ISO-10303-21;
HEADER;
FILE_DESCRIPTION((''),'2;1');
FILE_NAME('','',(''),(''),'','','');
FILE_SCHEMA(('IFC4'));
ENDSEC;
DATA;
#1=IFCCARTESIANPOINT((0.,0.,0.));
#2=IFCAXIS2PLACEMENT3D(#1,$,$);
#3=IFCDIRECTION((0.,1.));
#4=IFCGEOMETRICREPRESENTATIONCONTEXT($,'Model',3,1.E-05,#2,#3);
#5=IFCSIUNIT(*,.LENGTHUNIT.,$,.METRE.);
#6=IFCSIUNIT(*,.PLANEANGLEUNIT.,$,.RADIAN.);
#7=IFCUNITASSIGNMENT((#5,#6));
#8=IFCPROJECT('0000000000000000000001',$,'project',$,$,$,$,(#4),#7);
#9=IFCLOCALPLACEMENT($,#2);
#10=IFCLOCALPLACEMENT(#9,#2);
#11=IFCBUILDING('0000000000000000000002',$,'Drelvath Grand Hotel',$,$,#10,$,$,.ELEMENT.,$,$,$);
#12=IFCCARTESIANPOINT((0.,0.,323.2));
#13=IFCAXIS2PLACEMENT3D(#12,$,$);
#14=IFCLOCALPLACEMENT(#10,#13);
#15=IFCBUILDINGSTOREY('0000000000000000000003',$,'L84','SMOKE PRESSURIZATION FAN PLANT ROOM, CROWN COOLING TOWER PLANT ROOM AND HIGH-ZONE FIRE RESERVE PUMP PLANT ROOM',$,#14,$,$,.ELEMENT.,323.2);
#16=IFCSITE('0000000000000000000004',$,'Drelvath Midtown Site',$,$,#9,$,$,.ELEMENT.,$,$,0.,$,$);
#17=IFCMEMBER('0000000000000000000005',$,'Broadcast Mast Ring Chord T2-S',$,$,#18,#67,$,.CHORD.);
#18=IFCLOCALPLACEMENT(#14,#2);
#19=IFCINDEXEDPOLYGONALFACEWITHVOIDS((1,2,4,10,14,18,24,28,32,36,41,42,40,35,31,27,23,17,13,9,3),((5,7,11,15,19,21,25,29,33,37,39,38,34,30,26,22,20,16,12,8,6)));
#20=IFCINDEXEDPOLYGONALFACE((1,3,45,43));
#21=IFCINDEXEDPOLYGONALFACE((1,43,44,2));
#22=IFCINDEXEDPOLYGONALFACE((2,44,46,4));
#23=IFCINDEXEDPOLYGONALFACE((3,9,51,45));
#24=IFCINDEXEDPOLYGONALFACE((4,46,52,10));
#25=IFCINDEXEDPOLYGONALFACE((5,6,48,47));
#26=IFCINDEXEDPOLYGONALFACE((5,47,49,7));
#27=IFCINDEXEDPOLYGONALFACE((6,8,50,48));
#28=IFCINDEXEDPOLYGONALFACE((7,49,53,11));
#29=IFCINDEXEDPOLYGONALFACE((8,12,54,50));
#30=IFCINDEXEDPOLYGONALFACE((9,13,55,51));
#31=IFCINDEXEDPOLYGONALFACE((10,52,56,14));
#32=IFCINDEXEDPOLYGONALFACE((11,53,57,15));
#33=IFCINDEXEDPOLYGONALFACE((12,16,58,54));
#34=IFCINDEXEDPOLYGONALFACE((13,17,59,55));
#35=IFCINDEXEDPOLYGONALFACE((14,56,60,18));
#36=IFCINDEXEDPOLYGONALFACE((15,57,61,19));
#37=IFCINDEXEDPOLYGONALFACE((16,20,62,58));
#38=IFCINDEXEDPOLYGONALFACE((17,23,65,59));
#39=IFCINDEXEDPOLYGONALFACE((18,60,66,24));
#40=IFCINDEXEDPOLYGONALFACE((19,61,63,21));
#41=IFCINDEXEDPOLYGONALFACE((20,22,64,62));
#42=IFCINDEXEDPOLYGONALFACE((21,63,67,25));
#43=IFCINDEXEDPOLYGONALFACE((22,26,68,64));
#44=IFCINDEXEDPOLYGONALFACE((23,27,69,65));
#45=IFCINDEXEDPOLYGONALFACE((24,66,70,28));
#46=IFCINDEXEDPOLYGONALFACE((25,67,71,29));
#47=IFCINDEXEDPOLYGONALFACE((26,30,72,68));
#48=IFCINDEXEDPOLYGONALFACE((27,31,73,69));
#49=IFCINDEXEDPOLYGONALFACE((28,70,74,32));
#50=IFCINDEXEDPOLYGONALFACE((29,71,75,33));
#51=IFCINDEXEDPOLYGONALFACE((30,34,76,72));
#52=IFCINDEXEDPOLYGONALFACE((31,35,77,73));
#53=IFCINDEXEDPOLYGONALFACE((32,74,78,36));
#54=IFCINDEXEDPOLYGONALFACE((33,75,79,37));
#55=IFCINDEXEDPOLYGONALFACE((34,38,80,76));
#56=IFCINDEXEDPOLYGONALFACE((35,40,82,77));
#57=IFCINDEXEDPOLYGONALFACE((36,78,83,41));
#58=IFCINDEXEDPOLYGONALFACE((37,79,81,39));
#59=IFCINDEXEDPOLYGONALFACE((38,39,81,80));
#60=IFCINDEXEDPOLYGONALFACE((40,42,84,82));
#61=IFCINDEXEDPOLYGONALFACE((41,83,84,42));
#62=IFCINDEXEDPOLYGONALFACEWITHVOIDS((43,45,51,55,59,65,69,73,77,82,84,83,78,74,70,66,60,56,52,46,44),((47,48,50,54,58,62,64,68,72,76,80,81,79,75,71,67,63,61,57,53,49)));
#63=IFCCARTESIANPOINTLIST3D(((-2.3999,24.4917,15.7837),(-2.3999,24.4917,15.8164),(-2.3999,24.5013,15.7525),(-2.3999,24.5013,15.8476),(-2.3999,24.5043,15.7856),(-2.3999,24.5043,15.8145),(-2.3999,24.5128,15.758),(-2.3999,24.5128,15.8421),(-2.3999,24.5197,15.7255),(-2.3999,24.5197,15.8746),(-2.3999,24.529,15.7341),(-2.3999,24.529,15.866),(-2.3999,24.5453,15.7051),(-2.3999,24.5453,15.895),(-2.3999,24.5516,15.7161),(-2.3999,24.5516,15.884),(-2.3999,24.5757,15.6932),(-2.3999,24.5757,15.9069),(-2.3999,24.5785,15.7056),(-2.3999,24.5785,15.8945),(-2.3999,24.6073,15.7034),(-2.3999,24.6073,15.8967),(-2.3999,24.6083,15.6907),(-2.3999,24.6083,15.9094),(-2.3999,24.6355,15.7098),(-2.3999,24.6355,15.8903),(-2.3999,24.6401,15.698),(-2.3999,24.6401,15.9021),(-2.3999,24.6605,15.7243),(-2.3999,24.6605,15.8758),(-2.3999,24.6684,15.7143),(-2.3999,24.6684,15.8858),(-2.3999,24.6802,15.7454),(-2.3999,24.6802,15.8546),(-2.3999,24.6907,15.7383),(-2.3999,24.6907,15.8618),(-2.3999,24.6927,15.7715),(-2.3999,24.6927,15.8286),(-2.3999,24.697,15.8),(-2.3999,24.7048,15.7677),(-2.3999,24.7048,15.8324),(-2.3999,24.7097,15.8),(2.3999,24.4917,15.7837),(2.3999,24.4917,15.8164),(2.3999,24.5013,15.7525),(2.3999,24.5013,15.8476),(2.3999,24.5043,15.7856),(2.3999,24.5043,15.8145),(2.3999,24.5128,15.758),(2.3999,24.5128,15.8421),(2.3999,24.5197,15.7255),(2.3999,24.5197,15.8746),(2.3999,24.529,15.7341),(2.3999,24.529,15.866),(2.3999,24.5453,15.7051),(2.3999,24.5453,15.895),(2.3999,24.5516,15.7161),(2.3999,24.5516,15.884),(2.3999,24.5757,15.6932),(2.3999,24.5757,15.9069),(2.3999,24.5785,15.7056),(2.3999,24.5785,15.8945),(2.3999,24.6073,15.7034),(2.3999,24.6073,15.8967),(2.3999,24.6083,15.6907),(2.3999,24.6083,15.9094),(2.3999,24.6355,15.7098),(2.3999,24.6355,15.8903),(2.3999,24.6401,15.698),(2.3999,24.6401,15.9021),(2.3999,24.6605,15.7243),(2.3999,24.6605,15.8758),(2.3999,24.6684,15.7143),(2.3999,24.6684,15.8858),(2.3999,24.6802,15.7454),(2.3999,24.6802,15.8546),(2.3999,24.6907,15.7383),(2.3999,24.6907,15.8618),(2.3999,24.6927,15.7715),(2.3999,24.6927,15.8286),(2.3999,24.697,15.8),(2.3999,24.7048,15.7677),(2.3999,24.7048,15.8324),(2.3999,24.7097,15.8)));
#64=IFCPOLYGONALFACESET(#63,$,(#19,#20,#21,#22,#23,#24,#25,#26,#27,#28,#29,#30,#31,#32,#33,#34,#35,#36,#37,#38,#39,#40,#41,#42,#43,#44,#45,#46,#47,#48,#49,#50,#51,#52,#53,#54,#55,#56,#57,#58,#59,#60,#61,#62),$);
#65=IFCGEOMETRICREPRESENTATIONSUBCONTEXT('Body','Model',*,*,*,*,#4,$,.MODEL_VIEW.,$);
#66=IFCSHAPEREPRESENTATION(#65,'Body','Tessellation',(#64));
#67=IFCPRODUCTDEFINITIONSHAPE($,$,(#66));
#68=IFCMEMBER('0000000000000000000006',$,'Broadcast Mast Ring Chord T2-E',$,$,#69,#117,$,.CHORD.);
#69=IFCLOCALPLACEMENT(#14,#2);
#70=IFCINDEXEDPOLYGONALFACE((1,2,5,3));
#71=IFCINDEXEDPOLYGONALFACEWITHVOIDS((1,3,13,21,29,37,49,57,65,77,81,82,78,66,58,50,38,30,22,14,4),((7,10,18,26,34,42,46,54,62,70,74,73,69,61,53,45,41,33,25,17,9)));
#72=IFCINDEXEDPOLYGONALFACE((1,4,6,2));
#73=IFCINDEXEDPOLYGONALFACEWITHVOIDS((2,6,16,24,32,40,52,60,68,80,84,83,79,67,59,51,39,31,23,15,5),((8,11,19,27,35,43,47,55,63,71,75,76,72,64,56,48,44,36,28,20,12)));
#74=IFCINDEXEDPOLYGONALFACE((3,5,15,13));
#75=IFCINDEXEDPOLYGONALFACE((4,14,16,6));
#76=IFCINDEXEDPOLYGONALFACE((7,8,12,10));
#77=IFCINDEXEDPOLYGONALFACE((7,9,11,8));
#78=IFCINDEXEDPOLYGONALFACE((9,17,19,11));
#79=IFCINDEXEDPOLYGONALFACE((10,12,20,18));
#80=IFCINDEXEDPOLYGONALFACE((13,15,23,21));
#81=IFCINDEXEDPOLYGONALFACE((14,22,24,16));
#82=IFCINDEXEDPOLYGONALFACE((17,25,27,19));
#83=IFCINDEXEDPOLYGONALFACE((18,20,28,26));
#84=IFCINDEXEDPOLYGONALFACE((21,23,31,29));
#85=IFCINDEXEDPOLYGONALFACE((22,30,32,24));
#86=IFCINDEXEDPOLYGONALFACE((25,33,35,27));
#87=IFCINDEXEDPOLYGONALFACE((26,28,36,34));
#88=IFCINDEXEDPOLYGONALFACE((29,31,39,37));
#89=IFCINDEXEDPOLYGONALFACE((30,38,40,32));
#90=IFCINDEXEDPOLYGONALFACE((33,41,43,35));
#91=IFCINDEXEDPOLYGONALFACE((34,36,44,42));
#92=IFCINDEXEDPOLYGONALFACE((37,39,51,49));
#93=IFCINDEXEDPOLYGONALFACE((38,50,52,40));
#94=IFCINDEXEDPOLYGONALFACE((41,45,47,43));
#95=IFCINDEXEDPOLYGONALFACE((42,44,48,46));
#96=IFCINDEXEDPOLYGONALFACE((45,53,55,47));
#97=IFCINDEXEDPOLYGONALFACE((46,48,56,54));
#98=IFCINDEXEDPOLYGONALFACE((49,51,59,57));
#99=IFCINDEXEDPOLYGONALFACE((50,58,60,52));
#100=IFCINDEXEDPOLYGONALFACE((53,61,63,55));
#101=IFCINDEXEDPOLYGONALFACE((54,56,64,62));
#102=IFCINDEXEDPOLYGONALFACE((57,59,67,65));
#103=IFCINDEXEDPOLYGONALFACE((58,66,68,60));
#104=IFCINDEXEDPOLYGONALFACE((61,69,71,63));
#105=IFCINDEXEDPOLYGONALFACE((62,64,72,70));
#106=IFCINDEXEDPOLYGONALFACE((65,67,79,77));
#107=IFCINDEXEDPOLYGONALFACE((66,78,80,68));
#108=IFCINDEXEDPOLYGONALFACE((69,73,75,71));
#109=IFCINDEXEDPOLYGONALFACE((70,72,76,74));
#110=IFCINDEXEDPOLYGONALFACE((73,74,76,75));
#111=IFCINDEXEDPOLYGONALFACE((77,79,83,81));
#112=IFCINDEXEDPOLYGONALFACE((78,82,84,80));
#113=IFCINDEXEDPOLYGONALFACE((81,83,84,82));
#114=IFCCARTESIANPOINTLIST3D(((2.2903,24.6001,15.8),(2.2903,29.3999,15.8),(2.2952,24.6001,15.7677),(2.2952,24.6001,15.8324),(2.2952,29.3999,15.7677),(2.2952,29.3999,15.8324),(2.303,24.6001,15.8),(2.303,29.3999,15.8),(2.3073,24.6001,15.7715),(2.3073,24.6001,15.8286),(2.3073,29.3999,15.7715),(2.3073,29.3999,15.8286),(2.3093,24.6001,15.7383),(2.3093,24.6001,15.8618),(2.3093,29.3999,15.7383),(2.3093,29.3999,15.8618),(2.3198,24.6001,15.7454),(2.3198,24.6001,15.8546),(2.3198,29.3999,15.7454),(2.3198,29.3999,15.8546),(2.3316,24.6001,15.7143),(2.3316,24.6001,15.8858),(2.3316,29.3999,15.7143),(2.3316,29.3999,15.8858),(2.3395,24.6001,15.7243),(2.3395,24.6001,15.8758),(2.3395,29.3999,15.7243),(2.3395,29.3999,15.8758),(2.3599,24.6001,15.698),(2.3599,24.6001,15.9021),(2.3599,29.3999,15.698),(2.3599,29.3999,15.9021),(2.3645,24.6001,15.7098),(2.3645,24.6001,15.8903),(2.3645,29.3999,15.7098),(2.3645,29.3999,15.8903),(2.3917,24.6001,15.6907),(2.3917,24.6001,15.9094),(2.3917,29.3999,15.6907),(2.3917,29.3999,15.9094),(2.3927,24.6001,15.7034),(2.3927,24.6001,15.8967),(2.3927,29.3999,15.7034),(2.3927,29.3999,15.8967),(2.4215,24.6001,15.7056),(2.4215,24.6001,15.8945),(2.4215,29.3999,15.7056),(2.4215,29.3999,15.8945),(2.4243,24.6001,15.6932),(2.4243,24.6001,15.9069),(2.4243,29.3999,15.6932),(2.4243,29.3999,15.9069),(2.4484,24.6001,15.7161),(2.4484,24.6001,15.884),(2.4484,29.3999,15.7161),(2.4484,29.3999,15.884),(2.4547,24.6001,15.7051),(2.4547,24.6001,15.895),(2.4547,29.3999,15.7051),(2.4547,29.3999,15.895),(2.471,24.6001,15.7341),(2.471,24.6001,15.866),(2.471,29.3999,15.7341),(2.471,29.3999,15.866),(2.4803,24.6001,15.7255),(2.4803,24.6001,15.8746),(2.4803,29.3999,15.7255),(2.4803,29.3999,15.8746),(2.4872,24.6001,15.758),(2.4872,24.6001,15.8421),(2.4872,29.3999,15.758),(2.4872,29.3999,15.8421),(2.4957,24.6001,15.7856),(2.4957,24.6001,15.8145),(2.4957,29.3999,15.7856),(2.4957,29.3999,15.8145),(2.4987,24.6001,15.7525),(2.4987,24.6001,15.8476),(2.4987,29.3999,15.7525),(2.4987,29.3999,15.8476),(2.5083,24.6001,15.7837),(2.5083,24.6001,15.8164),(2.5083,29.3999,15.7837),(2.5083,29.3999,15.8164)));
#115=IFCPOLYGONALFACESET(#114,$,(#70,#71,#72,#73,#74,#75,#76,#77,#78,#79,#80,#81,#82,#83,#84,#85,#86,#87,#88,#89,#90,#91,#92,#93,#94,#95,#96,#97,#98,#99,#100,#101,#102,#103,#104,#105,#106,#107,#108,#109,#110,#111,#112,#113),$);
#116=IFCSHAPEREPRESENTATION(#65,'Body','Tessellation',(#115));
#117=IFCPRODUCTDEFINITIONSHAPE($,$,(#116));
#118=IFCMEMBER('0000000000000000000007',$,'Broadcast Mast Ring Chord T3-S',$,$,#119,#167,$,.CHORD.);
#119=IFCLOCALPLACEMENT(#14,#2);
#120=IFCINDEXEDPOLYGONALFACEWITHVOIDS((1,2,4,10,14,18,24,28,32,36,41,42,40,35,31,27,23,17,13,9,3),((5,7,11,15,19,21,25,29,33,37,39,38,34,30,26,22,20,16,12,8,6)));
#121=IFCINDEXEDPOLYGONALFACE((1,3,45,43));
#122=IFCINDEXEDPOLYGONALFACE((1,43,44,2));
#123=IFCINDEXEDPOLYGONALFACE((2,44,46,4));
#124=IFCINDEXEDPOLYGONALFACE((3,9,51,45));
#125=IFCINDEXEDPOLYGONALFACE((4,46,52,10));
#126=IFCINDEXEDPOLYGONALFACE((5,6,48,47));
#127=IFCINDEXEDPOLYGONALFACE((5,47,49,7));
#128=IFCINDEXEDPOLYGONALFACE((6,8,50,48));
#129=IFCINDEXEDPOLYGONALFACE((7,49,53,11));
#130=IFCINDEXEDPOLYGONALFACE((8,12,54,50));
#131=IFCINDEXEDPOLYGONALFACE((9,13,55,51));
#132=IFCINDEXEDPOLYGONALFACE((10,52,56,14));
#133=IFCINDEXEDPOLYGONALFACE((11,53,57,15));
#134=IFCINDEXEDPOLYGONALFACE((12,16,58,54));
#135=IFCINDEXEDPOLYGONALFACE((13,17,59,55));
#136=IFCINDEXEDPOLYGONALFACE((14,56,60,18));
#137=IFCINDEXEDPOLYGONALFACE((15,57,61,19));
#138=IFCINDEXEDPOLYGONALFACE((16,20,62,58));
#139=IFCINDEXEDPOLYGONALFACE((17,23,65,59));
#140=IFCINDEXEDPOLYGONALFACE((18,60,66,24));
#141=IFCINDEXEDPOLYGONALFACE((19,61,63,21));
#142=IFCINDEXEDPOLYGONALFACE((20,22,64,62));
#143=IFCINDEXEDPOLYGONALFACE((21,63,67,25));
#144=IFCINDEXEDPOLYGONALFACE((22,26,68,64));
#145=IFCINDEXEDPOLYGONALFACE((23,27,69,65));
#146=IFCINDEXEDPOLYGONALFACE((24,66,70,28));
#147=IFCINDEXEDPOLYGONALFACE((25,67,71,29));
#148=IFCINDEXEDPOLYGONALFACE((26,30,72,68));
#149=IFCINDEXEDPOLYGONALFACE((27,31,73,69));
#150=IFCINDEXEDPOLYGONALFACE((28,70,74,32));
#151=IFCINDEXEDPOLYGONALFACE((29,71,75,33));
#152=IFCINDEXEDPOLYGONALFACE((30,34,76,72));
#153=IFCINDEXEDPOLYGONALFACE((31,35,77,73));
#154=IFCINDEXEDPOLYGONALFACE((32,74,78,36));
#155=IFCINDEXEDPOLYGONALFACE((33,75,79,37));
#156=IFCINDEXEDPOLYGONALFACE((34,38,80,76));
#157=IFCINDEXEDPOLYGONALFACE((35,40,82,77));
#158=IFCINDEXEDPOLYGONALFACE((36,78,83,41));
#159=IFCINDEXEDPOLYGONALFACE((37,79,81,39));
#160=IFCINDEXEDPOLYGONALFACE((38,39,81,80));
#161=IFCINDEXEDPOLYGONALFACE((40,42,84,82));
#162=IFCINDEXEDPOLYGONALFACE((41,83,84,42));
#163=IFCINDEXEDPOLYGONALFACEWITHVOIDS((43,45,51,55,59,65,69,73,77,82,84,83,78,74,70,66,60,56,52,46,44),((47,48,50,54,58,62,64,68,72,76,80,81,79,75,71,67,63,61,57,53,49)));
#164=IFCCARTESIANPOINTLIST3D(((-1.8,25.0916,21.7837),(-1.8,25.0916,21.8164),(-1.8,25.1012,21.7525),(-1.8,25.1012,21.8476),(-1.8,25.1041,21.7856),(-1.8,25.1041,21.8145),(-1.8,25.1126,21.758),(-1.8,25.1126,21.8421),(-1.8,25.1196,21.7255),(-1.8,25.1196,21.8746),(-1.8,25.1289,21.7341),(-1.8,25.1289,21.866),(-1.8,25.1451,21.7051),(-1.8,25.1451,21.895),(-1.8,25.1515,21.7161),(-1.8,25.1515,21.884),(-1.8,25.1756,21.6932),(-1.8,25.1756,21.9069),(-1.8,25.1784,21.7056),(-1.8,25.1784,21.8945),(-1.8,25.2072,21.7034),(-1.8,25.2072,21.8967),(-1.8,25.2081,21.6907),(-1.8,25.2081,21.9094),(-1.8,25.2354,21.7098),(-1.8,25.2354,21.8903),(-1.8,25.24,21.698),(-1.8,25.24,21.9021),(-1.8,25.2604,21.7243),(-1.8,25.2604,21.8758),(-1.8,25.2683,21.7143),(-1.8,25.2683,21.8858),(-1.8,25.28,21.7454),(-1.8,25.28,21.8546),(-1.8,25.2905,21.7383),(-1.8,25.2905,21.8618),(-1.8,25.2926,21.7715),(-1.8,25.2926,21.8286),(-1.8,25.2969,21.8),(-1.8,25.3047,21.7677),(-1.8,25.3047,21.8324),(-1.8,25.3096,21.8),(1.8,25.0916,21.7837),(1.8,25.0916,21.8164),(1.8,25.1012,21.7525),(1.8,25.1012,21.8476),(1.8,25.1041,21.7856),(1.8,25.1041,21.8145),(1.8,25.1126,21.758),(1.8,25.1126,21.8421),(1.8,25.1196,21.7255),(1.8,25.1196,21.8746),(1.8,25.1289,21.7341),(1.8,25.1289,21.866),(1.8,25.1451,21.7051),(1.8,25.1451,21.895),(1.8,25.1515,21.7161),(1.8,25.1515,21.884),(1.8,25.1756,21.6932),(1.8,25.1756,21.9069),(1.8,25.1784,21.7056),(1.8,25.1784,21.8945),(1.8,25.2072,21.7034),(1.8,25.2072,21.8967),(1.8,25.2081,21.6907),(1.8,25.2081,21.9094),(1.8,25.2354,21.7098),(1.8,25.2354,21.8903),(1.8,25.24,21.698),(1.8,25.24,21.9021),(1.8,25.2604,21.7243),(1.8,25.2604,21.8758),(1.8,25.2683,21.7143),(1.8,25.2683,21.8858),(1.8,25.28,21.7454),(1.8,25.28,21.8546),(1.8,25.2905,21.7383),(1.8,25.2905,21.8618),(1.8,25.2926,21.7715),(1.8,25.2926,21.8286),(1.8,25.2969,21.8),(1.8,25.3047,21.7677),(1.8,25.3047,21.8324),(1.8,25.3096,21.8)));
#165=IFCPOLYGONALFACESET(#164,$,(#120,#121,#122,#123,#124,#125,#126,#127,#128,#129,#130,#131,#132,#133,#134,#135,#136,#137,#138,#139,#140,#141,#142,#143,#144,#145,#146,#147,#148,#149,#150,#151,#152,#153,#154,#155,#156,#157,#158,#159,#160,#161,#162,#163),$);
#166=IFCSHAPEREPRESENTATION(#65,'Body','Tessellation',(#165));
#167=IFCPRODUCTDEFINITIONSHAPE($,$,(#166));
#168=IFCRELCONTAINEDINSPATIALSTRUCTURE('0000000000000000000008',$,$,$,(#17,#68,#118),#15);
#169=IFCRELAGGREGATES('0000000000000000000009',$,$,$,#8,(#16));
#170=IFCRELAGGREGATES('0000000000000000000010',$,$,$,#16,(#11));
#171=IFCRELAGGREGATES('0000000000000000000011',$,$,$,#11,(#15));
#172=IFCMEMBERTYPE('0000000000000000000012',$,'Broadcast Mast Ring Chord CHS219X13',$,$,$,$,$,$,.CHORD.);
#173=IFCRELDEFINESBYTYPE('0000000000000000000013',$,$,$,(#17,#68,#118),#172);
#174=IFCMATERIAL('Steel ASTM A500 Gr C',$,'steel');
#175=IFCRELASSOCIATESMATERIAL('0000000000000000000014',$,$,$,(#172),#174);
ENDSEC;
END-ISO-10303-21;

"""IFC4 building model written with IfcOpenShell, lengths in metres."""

from ifc_helpers import new_model, si_unit, direction, frame, origin, origin_2d, place, context, subcontext, project, spatial, hollow_circle, extrude, material, material_profile, profile_set, type_object, element, save


model = new_model("IFC4")

# Units and contexts
model_context = context("Model", 3, precision=1e-05, world=origin(), true_north=direction((0.0, 1.0)))
body_context = subcontext(model_context, "Body", "Model", "MODEL_VIEW")
ifc_project = project(units=[si_unit("LENGTHUNIT", "METRE"), si_unit("PLANEANGLEUNIT", "RADIAN")], contexts=[model_context])

# Site, building, storey
site_placement = place(None, origin())
site = spatial("IfcSite", under=ifc_project, at=site_placement, Name="Drelvath Midtown Site", CompositionType="ELEMENT", RefElevation=0.0)
building_placement = place(site_placement, origin())
building = spatial("IfcBuilding", under=site, at=building_placement, Name="Drelvath Grand Hotel", CompositionType="ELEMENT")
storey_placement = place(building_placement, frame((0.0, 0.0, 323.2)))
storey = spatial("IfcBuildingStorey", under=building, at=storey_placement, Name="L84", Description="SMOKE PRESSURIZATION FAN PLANT ROOM, CROWN COOLING TOWER PLANT ROOM AND HIGH-ZONE FIRE RESERVE PUMP PLANT ROOM", CompositionType="ELEMENT", Elevation=323.2)

# Members
ifc_material_1 = material(Name="Steel ASTM A500 Gr C", Category="steel")
ifc_material_profile_1 = material_profile(ifc_material_1, hollow_circle(Radius=0.1096, WallThickness=0.0127, at=origin_2d()), Name="CHS219X13")
ifc_profile_set_1 = profile_set([ifc_material_profile_1], Name="Steel ASTM A500 Gr C")
member_type_1 = type_object("IfcMemberType", Name="Broadcast Mast Ring Chord CHS219X13", PredefinedType="CHORD", material=ifc_profile_set_1)
for number, where, z_axis, x_axis, name in (
    (1, (-2.3999, 24.6001, 15.8), (1.0, 0.0, 0.0), (0.0, 1.0, 0.0), "Broadcast Mast Ring Chord T2-S"),
    (2, (2.3999, 24.6001, 15.8), (0.0, 1.0, 0.0), (-1.0, 0.0, 0.0), "Broadcast Mast Ring Chord T2-E"),
):
    element("IfcMember", number, at=place(storey_placement, frame(where, z_axis=z_axis, x_axis=x_axis)), inside=storey, type_object=member_type_1, Name=name, PredefinedType="CHORD", context=body_context, shape_type="SweptSolid", body=[
        extrude(hollow_circle(Radius=0.1096, WallThickness=0.0127, at=origin_2d()), origin(), (0.0, 0.0, 1.0), 4.7998),
    ])
for number, where, z_axis, x_axis, name in (
    (3, (-1.8, 25.2, 21.8), (1.0, 0.0, 0.0), (0.0, 1.0, 0.0), "Broadcast Mast Ring Chord T3-S"),
):
    element("IfcMember", number, at=place(storey_placement, frame(where, z_axis=z_axis, x_axis=x_axis)), inside=storey, type_object=member_type_1, Name=name, PredefinedType="CHORD", context=body_context, shape_type="SweptSolid", body=[
        extrude(hollow_circle(Radius=0.1096, WallThickness=0.0127, at=origin_2d()), origin(), (0.0, 0.0, 1.0), 3.6001),
    ])

save(model, "model.ifc")
